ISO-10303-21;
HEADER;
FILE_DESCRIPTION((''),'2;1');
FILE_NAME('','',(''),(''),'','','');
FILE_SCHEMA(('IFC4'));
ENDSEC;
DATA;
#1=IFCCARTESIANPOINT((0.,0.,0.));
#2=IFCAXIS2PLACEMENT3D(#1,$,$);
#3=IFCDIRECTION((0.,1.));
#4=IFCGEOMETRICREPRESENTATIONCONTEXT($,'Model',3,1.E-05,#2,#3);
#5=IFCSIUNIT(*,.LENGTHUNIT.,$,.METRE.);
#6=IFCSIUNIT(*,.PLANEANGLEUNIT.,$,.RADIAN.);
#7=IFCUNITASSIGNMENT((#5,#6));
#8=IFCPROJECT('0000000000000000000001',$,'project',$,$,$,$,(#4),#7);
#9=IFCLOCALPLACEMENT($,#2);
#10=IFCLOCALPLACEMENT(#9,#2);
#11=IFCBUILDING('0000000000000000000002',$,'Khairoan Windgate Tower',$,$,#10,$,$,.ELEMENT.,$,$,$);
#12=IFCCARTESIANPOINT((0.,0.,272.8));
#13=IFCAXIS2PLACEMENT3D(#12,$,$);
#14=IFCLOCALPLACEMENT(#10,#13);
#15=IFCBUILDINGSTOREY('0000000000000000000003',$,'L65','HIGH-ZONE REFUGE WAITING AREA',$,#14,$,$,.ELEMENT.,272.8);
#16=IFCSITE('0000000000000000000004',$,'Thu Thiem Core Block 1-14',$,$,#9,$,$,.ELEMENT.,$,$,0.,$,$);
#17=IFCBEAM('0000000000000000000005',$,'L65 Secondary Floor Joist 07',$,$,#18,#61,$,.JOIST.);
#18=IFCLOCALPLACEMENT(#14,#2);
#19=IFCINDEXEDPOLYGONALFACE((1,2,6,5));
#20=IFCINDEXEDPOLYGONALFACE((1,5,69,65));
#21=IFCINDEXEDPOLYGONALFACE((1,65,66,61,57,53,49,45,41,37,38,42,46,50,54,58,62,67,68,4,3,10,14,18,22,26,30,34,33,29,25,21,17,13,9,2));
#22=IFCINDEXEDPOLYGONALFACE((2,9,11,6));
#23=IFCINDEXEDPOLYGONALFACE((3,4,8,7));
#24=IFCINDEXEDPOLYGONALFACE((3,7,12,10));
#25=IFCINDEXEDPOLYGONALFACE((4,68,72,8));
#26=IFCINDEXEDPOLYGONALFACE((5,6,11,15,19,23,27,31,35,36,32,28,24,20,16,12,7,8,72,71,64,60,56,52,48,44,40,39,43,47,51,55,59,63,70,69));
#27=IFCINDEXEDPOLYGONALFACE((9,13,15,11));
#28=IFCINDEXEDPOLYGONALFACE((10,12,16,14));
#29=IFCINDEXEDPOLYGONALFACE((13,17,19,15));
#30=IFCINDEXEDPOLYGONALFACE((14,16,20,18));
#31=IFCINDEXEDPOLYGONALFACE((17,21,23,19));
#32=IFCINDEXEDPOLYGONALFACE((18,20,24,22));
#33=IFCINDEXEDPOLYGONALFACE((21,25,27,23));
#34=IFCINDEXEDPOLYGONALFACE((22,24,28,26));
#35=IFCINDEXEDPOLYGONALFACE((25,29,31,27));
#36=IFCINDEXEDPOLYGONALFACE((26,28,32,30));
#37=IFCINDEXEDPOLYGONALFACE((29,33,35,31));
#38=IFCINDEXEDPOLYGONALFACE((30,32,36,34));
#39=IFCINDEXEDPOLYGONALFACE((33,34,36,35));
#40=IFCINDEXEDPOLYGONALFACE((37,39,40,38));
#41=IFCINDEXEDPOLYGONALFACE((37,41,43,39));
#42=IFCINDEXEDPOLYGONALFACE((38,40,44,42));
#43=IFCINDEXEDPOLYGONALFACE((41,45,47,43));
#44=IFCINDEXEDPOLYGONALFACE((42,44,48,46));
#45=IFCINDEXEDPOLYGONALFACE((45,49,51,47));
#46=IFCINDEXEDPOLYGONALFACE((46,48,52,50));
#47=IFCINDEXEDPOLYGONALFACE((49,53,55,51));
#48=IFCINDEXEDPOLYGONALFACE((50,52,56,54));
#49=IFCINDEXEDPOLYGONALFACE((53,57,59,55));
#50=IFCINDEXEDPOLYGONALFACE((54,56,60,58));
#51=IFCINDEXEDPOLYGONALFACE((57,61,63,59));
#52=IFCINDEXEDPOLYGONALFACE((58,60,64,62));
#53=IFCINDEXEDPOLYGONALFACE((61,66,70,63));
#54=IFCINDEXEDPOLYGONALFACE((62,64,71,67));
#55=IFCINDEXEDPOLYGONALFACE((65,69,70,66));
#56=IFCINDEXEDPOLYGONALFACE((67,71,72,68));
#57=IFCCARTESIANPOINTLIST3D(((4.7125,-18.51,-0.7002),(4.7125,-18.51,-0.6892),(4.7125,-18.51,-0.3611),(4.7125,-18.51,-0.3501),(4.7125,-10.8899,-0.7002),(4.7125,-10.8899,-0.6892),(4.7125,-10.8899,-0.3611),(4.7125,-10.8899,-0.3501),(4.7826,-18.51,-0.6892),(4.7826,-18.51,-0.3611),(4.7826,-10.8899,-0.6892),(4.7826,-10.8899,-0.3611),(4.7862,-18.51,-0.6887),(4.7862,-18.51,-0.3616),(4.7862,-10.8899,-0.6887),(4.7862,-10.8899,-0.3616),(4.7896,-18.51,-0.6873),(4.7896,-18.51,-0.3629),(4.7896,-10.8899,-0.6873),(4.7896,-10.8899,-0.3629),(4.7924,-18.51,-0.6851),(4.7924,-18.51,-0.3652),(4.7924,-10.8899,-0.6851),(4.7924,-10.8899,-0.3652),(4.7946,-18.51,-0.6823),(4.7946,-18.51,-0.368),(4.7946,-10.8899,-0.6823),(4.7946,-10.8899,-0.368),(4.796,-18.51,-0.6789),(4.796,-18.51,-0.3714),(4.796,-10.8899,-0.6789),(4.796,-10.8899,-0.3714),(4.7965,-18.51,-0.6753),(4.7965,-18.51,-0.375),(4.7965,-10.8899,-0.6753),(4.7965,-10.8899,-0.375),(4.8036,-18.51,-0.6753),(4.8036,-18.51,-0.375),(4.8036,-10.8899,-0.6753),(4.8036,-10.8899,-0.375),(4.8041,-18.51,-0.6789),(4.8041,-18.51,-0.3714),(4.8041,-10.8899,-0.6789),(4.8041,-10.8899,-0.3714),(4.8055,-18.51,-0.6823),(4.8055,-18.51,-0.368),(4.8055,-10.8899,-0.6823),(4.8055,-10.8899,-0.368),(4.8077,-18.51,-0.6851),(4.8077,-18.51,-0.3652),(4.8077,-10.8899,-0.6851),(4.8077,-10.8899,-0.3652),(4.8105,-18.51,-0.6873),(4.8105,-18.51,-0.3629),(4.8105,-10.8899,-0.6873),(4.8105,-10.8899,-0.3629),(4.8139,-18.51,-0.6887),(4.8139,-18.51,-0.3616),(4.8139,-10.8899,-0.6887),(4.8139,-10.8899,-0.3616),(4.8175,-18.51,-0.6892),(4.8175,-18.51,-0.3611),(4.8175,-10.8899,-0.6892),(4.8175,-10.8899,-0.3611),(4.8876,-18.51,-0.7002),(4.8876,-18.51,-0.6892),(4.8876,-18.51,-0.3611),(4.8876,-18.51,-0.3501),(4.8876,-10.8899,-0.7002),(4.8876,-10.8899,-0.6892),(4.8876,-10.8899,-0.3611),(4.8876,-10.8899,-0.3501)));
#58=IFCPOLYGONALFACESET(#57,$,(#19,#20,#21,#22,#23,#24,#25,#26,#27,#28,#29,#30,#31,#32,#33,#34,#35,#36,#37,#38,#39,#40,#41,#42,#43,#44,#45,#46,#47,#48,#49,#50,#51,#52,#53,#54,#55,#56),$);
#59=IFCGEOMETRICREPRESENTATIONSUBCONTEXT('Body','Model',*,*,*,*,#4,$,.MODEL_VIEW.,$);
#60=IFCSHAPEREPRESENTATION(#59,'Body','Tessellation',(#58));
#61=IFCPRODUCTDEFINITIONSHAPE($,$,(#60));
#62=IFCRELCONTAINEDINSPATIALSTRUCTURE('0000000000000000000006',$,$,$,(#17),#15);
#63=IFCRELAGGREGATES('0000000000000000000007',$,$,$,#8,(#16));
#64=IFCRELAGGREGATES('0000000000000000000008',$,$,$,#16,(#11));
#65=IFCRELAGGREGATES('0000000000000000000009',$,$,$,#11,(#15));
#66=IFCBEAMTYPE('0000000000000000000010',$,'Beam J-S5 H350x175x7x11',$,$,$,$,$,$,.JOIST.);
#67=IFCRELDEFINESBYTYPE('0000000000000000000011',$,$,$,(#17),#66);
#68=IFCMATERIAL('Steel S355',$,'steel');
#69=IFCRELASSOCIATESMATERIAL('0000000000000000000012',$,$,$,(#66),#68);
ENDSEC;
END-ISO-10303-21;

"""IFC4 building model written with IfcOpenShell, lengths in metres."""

from ifc_helpers import new_model, si_unit, direction, frame, origin, origin_2d, place, context, subcontext, project, spatial, i_section, extrude, material, material_profile, profile_set, type_object, element, save


model = new_model("IFC4")

# Units and contexts
model_context = context("Model", 3, precision=1e-05, world=origin(), true_north=direction((0.0, 1.0)))
body_context = subcontext(model_context, "Body", "Model", "MODEL_VIEW")
ifc_project = project(units=[si_unit("LENGTHUNIT", "METRE"), si_unit("PLANEANGLEUNIT", "RADIAN")], contexts=[model_context])

# Site, building, storey
site_placement = place(None, origin())
site = spatial("IfcSite", under=ifc_project, at=site_placement, Name="Thu Thiem Core Block 1-14", CompositionType="ELEMENT", RefElevation=0.0)
building_placement = place(site_placement, origin())
building = spatial("IfcBuilding", under=site, at=building_placement, Name="Khairoan Windgate Tower", CompositionType="ELEMENT")
storey_placement = place(building_placement, frame((0.0, 0.0, 272.8)))
storey = spatial("IfcBuildingStorey", under=building, at=storey_placement, Name="L65", Description="HIGH-ZONE REFUGE WAITING AREA", CompositionType="ELEMENT", Elevation=272.8)

# Beam
ifc_material_1 = material(Name="Steel S355", Category="steel")
ifc_material_profile_1 = material_profile(ifc_material_1, i_section(OverallWidth=0.175, OverallDepth=0.3501, WebThickness=0.0071, FlangeThickness=0.011, FilletRadius=0.0139, at=origin_2d()))
ifc_profile_set_1 = profile_set([ifc_material_profile_1], Name="Steel S355")
beam_type_1 = type_object("IfcBeamType", Name="Beam J-S5 H350x175x7x11", PredefinedType="JOIST", material=ifc_profile_set_1)
beam_1_placement = place(storey_placement, frame((4.8, -18.51, -0.5251), z_axis=(0.0, 1.0, 0.0), x_axis=(-1.0, 0.0, 0.0)))
element("IfcBeam", 1, at=beam_1_placement, inside=storey, type_object=beam_type_1, Name="L65 Secondary Floor Joist 07", PredefinedType="JOIST", context=body_context, shape_type="SweptSolid", body=[
    extrude(i_section(OverallWidth=0.175, OverallDepth=0.3501, WebThickness=0.0071, FlangeThickness=0.011, FilletRadius=0.0139, at=origin_2d()), origin(), (0.0, 0.0, 1.0), 7.6201),
])

save(model, "model.ifc")
